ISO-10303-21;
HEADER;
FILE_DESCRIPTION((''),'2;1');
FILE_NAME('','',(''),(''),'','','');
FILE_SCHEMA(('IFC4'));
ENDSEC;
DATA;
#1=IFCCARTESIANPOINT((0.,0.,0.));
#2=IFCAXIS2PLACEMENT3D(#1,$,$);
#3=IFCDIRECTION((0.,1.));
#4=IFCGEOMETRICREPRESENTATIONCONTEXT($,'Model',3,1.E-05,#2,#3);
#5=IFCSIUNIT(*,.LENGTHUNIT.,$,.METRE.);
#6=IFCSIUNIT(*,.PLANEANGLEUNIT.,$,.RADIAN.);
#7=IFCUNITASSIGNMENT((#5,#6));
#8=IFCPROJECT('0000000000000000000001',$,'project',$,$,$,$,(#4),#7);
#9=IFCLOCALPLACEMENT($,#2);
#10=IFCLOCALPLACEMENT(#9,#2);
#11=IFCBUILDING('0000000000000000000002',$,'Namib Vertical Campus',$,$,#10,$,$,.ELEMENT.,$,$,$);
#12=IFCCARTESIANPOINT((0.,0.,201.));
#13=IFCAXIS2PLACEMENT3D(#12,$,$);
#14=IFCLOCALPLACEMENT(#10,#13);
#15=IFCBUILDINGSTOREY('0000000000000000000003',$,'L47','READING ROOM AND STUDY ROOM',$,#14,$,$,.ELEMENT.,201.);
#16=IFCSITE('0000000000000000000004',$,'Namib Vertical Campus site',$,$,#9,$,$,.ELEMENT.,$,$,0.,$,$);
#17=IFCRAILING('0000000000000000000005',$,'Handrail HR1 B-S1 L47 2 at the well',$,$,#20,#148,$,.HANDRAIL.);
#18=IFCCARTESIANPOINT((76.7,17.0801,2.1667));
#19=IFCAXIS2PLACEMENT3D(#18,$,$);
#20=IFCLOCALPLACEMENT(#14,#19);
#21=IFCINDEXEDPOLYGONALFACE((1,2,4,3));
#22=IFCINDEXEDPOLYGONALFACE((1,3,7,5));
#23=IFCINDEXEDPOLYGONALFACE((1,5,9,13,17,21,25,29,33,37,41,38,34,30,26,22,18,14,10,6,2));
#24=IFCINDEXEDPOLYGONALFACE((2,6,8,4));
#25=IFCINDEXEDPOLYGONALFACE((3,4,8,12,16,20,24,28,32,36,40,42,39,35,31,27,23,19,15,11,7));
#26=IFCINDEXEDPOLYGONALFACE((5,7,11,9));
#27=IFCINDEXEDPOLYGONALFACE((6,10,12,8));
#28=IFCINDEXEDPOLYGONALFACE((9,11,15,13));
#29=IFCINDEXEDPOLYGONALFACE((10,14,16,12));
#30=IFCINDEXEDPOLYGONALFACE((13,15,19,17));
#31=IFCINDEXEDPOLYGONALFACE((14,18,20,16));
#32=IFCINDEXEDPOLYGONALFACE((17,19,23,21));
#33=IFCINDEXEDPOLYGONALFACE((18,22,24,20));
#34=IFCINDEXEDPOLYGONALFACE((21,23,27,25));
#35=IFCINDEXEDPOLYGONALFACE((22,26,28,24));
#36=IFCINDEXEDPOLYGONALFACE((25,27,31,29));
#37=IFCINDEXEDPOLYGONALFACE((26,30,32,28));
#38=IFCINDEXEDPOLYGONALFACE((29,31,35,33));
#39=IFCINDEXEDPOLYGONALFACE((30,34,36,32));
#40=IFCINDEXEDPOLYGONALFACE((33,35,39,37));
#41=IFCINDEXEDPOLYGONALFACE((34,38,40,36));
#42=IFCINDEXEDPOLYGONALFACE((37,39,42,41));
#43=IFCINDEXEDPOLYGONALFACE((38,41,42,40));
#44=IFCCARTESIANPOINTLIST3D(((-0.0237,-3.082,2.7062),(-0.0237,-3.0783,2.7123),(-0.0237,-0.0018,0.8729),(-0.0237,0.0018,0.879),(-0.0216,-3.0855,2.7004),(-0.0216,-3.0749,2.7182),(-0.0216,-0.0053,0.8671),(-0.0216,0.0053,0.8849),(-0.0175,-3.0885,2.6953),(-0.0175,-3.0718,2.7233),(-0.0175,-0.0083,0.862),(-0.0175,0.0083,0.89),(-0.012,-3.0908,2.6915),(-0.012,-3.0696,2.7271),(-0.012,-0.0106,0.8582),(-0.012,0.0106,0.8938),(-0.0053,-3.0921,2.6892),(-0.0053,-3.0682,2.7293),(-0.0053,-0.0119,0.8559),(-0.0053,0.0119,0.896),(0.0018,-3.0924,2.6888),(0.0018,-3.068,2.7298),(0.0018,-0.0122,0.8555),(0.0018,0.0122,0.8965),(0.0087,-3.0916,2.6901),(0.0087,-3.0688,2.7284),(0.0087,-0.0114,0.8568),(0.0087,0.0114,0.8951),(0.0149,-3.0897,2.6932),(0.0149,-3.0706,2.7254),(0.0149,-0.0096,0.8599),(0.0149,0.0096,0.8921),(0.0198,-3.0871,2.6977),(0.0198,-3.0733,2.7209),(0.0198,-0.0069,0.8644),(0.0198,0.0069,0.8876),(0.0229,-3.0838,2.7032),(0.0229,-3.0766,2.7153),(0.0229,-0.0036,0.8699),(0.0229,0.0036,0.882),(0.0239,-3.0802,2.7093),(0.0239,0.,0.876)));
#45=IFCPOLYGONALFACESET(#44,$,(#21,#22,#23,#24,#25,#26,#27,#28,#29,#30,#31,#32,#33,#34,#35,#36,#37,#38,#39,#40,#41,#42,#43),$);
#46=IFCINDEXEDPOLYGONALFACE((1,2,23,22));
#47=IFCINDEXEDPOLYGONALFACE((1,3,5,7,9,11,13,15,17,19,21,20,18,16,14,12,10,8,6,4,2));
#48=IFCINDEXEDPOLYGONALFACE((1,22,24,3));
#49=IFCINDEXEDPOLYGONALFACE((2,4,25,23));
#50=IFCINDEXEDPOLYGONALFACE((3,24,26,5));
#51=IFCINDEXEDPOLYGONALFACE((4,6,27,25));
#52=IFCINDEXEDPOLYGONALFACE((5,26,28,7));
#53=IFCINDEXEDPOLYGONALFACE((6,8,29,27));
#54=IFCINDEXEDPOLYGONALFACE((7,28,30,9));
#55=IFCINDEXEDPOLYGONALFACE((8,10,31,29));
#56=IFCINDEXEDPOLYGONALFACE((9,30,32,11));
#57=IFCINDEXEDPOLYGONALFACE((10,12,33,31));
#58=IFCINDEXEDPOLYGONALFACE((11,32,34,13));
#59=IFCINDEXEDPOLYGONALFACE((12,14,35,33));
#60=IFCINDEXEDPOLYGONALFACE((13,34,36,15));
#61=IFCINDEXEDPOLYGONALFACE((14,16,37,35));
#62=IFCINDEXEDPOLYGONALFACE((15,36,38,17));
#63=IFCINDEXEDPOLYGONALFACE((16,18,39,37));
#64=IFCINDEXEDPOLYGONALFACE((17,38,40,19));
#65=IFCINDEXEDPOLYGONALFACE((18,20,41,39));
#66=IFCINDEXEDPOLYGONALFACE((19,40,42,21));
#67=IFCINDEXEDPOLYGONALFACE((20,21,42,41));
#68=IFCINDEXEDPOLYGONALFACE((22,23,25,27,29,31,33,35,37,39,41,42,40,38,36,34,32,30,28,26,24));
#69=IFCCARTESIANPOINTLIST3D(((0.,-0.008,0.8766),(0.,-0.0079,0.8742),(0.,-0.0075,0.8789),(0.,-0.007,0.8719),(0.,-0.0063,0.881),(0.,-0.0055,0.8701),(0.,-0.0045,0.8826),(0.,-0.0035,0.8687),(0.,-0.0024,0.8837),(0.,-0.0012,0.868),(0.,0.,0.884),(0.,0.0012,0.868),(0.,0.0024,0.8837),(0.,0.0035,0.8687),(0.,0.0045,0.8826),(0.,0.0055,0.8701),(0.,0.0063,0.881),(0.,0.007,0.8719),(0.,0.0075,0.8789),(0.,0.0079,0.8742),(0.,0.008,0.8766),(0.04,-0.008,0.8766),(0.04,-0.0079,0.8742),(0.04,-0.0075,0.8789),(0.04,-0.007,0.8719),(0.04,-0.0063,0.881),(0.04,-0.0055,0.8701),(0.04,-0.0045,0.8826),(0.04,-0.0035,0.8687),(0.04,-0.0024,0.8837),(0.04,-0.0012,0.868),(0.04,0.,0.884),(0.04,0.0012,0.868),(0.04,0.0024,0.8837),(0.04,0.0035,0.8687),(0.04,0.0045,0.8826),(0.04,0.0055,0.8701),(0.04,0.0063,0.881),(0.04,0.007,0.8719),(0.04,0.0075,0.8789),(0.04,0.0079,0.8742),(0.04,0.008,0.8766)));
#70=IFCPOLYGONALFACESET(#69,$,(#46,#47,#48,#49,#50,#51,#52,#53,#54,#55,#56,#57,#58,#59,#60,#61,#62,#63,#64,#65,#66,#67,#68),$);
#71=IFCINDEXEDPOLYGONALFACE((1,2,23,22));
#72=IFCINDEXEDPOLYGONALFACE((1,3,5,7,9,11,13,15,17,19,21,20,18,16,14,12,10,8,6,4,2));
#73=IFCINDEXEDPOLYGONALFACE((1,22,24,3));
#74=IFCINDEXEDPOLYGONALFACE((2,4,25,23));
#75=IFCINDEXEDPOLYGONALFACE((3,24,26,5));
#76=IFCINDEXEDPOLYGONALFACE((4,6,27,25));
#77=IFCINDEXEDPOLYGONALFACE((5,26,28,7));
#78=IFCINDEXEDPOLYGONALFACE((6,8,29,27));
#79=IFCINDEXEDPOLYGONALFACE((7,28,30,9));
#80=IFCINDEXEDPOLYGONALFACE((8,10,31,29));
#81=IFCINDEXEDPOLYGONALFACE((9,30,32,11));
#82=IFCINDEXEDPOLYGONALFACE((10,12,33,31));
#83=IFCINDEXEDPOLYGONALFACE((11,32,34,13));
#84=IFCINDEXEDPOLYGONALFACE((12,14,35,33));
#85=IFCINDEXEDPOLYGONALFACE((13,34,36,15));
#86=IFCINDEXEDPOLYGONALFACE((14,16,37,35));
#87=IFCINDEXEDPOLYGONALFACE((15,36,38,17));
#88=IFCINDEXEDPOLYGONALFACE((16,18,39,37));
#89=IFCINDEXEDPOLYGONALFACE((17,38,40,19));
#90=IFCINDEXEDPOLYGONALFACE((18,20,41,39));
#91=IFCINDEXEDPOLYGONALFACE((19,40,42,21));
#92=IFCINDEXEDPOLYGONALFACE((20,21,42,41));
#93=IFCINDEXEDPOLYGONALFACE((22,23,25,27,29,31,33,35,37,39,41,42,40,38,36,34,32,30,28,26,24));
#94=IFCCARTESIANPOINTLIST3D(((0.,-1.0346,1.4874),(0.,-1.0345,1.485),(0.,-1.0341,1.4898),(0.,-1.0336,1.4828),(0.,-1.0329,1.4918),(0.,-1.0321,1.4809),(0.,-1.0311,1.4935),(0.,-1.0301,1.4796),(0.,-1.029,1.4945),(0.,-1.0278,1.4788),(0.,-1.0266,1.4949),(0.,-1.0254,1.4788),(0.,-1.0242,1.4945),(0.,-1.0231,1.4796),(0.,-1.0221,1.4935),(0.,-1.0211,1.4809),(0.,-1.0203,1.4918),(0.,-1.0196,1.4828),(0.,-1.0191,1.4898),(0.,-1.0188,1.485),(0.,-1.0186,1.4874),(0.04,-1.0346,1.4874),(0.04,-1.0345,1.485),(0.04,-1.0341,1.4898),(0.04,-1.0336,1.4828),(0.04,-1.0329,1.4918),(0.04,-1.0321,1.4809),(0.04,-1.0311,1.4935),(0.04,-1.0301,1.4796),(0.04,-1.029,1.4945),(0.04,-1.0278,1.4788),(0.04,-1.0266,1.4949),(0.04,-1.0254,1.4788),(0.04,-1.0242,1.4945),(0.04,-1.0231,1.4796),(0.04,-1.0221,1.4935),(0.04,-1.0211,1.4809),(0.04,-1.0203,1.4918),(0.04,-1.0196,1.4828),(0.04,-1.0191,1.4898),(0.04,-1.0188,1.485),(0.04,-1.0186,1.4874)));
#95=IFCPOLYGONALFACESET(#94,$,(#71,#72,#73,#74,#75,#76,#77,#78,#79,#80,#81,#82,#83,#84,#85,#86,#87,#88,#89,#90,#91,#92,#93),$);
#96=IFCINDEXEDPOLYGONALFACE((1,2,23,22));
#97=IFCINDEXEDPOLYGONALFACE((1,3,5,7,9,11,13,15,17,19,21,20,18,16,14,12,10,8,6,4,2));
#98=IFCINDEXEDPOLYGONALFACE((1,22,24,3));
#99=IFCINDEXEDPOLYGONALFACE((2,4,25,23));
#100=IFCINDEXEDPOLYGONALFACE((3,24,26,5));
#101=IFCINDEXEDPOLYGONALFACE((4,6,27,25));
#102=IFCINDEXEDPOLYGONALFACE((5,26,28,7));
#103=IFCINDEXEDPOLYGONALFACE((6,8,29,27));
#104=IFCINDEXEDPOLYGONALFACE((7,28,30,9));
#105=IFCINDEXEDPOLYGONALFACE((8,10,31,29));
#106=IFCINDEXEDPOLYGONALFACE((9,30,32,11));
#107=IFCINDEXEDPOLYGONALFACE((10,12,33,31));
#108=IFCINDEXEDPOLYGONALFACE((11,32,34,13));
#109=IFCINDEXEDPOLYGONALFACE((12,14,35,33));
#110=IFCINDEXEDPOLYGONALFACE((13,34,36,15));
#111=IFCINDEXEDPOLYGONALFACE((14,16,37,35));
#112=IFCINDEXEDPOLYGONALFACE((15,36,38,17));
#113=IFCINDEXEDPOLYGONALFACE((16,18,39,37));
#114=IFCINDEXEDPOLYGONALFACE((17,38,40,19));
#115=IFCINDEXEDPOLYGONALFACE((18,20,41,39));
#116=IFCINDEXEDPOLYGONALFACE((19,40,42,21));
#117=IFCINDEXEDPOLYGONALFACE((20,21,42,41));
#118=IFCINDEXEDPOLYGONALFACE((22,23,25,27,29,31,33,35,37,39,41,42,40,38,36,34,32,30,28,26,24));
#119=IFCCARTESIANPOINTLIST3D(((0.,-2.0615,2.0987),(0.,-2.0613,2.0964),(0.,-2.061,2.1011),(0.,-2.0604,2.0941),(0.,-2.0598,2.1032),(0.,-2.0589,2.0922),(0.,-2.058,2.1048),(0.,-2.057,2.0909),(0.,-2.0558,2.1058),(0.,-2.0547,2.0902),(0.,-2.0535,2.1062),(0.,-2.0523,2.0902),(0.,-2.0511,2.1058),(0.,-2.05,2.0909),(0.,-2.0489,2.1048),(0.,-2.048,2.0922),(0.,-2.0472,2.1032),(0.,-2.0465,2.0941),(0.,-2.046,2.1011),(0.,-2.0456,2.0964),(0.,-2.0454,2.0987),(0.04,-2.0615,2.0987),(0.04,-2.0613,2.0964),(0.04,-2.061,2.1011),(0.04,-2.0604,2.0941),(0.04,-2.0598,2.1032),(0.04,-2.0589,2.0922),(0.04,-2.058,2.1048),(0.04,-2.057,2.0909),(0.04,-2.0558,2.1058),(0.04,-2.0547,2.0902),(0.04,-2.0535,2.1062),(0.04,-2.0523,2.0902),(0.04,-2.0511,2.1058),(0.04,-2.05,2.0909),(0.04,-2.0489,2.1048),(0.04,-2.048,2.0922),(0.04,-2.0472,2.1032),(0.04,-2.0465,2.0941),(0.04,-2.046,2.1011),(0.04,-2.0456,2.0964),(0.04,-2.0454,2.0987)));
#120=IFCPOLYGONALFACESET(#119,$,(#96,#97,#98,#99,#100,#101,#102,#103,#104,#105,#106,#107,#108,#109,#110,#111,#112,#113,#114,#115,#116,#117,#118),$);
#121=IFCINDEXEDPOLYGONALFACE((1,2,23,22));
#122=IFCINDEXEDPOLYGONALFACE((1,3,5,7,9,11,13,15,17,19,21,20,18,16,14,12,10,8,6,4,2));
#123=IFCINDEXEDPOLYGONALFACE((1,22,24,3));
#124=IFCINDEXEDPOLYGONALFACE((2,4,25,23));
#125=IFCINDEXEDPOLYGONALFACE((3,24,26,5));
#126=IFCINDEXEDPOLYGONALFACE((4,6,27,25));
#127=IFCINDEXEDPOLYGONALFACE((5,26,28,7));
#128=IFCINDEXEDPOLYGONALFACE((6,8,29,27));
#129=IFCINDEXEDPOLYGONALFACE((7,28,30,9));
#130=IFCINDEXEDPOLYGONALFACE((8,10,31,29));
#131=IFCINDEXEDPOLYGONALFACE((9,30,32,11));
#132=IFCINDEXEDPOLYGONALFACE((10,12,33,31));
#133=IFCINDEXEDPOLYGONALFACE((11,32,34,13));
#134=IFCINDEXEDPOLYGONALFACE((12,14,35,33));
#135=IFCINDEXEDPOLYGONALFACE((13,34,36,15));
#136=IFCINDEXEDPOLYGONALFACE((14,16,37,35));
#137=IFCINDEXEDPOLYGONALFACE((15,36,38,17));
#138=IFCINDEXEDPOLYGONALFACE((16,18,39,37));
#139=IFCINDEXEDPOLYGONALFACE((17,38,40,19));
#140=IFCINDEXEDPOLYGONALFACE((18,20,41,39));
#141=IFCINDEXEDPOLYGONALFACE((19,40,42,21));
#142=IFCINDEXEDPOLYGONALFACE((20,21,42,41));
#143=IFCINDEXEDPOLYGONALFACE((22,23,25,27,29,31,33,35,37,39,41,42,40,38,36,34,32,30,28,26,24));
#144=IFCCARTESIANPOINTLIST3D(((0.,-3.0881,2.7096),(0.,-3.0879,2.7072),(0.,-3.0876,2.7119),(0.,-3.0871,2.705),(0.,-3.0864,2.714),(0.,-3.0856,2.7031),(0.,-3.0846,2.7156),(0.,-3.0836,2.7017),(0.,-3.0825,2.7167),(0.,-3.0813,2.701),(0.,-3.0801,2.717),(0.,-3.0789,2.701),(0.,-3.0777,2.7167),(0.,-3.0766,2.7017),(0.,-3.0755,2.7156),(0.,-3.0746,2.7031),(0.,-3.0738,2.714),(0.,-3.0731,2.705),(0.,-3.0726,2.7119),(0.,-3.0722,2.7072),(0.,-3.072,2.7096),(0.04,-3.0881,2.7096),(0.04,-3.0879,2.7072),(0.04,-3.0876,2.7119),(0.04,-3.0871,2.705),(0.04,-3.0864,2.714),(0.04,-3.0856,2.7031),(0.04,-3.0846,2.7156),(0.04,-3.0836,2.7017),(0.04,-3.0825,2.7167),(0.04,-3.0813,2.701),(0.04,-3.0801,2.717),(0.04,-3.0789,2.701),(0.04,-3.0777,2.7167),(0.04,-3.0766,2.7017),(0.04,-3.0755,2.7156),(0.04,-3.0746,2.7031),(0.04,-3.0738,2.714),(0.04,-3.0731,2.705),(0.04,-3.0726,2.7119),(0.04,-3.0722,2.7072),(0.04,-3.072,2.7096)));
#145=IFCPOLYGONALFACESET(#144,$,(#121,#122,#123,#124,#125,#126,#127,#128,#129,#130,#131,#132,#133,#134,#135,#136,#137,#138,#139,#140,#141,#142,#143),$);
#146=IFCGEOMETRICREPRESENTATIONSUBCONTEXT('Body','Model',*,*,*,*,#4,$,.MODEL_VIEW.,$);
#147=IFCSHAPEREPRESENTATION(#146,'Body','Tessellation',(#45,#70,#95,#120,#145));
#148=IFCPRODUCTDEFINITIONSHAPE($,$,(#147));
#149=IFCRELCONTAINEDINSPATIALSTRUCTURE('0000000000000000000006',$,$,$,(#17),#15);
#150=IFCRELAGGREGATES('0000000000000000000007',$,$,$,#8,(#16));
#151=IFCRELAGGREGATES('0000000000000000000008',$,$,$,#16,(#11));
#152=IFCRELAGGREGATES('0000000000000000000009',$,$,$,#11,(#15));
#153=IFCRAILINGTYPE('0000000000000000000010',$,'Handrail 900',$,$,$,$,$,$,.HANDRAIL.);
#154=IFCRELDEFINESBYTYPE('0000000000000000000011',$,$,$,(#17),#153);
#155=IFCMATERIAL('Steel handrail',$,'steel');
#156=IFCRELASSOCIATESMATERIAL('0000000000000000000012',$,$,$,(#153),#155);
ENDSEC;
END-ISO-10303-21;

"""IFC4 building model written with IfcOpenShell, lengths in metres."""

from ifc_helpers import new_model, si_unit, direction, frame, origin, origin_2d, place, context, subcontext, project, spatial, circle, extrude, material, type_object, element, save


model = new_model("IFC4")

# Units and contexts
model_context = context("Model", 3, precision=1e-05, world=origin(), true_north=direction((0.0, 1.0)))
body_context = subcontext(model_context, "Body", "Model", "MODEL_VIEW")
ifc_project = project(units=[si_unit("LENGTHUNIT", "METRE"), si_unit("PLANEANGLEUNIT", "RADIAN")], contexts=[model_context])

# Site, building, storey
site_placement = place(None, origin())
site = spatial("IfcSite", under=ifc_project, at=site_placement, Name="Namib Vertical Campus site", CompositionType="ELEMENT", RefElevation=0.0)
building_placement = place(site_placement, origin())
building = spatial("IfcBuilding", under=site, at=building_placement, Name="Namib Vertical Campus", CompositionType="ELEMENT")
storey_placement = place(building_placement, frame((0.0, 0.0, 201.0)))
storey = spatial("IfcBuildingStorey", under=building, at=storey_placement, Name="L47", Description="READING ROOM AND STUDY ROOM", CompositionType="ELEMENT", Elevation=201.0)

# Railing
ifc_material_1 = material(Name="Steel handrail", Category="steel")
railing_type_1 = type_object("IfcRailingType", Name="Handrail 900", PredefinedType="HANDRAIL", material=ifc_material_1)
railing_1_placement = place(storey_placement, frame((76.7, 17.0801, 2.1667)))
element("IfcRailing", 1, at=railing_1_placement, inside=storey, type_object=railing_type_1, Name="Handrail HR1 B-S1 L47 2 at the well", PredefinedType="HANDRAIL", context=body_context, shape_type="SweptSolid", body=[
    extrude(circle(Radius=0.0239, at=origin_2d()), frame((0.0, 0.0, 0.876), z_axis=(0.0, -0.859309, 0.511458), x_axis=(1.0, 0.0, 0.0)), (0.0, 0.0, 1.0), 3.5845),
    extrude(circle(Radius=0.0081, at=origin_2d()), frame((0.0, 0.0, 0.876), z_axis=(1.0, 0.0, 0.0), x_axis=(0.0, 0.0, 1.0)), (0.0, 0.0, 1.0), 0.04),
    extrude(circle(Radius=0.0081, at=origin_2d()), frame((0.0, -1.0266, 1.4868), z_axis=(1.0, 0.0, 0.0), x_axis=(0.0, 0.0, 1.0)), (0.0, 0.0, 1.0), 0.04),
    extrude(circle(Radius=0.0081, at=origin_2d()), frame((0.0, -2.0535, 2.0981), z_axis=(1.0, 0.0, 0.0), x_axis=(0.0, 0.0, 1.0)), (0.0, 0.0, 1.0), 0.04),
    extrude(circle(Radius=0.0081, at=origin_2d()), frame((0.0, -3.0801, 2.709), z_axis=(1.0, 0.0, 0.0), x_axis=(0.0, 0.0, 1.0)), (0.0, 0.0, 1.0), 0.04),
])

save(model, "model.ifc")
